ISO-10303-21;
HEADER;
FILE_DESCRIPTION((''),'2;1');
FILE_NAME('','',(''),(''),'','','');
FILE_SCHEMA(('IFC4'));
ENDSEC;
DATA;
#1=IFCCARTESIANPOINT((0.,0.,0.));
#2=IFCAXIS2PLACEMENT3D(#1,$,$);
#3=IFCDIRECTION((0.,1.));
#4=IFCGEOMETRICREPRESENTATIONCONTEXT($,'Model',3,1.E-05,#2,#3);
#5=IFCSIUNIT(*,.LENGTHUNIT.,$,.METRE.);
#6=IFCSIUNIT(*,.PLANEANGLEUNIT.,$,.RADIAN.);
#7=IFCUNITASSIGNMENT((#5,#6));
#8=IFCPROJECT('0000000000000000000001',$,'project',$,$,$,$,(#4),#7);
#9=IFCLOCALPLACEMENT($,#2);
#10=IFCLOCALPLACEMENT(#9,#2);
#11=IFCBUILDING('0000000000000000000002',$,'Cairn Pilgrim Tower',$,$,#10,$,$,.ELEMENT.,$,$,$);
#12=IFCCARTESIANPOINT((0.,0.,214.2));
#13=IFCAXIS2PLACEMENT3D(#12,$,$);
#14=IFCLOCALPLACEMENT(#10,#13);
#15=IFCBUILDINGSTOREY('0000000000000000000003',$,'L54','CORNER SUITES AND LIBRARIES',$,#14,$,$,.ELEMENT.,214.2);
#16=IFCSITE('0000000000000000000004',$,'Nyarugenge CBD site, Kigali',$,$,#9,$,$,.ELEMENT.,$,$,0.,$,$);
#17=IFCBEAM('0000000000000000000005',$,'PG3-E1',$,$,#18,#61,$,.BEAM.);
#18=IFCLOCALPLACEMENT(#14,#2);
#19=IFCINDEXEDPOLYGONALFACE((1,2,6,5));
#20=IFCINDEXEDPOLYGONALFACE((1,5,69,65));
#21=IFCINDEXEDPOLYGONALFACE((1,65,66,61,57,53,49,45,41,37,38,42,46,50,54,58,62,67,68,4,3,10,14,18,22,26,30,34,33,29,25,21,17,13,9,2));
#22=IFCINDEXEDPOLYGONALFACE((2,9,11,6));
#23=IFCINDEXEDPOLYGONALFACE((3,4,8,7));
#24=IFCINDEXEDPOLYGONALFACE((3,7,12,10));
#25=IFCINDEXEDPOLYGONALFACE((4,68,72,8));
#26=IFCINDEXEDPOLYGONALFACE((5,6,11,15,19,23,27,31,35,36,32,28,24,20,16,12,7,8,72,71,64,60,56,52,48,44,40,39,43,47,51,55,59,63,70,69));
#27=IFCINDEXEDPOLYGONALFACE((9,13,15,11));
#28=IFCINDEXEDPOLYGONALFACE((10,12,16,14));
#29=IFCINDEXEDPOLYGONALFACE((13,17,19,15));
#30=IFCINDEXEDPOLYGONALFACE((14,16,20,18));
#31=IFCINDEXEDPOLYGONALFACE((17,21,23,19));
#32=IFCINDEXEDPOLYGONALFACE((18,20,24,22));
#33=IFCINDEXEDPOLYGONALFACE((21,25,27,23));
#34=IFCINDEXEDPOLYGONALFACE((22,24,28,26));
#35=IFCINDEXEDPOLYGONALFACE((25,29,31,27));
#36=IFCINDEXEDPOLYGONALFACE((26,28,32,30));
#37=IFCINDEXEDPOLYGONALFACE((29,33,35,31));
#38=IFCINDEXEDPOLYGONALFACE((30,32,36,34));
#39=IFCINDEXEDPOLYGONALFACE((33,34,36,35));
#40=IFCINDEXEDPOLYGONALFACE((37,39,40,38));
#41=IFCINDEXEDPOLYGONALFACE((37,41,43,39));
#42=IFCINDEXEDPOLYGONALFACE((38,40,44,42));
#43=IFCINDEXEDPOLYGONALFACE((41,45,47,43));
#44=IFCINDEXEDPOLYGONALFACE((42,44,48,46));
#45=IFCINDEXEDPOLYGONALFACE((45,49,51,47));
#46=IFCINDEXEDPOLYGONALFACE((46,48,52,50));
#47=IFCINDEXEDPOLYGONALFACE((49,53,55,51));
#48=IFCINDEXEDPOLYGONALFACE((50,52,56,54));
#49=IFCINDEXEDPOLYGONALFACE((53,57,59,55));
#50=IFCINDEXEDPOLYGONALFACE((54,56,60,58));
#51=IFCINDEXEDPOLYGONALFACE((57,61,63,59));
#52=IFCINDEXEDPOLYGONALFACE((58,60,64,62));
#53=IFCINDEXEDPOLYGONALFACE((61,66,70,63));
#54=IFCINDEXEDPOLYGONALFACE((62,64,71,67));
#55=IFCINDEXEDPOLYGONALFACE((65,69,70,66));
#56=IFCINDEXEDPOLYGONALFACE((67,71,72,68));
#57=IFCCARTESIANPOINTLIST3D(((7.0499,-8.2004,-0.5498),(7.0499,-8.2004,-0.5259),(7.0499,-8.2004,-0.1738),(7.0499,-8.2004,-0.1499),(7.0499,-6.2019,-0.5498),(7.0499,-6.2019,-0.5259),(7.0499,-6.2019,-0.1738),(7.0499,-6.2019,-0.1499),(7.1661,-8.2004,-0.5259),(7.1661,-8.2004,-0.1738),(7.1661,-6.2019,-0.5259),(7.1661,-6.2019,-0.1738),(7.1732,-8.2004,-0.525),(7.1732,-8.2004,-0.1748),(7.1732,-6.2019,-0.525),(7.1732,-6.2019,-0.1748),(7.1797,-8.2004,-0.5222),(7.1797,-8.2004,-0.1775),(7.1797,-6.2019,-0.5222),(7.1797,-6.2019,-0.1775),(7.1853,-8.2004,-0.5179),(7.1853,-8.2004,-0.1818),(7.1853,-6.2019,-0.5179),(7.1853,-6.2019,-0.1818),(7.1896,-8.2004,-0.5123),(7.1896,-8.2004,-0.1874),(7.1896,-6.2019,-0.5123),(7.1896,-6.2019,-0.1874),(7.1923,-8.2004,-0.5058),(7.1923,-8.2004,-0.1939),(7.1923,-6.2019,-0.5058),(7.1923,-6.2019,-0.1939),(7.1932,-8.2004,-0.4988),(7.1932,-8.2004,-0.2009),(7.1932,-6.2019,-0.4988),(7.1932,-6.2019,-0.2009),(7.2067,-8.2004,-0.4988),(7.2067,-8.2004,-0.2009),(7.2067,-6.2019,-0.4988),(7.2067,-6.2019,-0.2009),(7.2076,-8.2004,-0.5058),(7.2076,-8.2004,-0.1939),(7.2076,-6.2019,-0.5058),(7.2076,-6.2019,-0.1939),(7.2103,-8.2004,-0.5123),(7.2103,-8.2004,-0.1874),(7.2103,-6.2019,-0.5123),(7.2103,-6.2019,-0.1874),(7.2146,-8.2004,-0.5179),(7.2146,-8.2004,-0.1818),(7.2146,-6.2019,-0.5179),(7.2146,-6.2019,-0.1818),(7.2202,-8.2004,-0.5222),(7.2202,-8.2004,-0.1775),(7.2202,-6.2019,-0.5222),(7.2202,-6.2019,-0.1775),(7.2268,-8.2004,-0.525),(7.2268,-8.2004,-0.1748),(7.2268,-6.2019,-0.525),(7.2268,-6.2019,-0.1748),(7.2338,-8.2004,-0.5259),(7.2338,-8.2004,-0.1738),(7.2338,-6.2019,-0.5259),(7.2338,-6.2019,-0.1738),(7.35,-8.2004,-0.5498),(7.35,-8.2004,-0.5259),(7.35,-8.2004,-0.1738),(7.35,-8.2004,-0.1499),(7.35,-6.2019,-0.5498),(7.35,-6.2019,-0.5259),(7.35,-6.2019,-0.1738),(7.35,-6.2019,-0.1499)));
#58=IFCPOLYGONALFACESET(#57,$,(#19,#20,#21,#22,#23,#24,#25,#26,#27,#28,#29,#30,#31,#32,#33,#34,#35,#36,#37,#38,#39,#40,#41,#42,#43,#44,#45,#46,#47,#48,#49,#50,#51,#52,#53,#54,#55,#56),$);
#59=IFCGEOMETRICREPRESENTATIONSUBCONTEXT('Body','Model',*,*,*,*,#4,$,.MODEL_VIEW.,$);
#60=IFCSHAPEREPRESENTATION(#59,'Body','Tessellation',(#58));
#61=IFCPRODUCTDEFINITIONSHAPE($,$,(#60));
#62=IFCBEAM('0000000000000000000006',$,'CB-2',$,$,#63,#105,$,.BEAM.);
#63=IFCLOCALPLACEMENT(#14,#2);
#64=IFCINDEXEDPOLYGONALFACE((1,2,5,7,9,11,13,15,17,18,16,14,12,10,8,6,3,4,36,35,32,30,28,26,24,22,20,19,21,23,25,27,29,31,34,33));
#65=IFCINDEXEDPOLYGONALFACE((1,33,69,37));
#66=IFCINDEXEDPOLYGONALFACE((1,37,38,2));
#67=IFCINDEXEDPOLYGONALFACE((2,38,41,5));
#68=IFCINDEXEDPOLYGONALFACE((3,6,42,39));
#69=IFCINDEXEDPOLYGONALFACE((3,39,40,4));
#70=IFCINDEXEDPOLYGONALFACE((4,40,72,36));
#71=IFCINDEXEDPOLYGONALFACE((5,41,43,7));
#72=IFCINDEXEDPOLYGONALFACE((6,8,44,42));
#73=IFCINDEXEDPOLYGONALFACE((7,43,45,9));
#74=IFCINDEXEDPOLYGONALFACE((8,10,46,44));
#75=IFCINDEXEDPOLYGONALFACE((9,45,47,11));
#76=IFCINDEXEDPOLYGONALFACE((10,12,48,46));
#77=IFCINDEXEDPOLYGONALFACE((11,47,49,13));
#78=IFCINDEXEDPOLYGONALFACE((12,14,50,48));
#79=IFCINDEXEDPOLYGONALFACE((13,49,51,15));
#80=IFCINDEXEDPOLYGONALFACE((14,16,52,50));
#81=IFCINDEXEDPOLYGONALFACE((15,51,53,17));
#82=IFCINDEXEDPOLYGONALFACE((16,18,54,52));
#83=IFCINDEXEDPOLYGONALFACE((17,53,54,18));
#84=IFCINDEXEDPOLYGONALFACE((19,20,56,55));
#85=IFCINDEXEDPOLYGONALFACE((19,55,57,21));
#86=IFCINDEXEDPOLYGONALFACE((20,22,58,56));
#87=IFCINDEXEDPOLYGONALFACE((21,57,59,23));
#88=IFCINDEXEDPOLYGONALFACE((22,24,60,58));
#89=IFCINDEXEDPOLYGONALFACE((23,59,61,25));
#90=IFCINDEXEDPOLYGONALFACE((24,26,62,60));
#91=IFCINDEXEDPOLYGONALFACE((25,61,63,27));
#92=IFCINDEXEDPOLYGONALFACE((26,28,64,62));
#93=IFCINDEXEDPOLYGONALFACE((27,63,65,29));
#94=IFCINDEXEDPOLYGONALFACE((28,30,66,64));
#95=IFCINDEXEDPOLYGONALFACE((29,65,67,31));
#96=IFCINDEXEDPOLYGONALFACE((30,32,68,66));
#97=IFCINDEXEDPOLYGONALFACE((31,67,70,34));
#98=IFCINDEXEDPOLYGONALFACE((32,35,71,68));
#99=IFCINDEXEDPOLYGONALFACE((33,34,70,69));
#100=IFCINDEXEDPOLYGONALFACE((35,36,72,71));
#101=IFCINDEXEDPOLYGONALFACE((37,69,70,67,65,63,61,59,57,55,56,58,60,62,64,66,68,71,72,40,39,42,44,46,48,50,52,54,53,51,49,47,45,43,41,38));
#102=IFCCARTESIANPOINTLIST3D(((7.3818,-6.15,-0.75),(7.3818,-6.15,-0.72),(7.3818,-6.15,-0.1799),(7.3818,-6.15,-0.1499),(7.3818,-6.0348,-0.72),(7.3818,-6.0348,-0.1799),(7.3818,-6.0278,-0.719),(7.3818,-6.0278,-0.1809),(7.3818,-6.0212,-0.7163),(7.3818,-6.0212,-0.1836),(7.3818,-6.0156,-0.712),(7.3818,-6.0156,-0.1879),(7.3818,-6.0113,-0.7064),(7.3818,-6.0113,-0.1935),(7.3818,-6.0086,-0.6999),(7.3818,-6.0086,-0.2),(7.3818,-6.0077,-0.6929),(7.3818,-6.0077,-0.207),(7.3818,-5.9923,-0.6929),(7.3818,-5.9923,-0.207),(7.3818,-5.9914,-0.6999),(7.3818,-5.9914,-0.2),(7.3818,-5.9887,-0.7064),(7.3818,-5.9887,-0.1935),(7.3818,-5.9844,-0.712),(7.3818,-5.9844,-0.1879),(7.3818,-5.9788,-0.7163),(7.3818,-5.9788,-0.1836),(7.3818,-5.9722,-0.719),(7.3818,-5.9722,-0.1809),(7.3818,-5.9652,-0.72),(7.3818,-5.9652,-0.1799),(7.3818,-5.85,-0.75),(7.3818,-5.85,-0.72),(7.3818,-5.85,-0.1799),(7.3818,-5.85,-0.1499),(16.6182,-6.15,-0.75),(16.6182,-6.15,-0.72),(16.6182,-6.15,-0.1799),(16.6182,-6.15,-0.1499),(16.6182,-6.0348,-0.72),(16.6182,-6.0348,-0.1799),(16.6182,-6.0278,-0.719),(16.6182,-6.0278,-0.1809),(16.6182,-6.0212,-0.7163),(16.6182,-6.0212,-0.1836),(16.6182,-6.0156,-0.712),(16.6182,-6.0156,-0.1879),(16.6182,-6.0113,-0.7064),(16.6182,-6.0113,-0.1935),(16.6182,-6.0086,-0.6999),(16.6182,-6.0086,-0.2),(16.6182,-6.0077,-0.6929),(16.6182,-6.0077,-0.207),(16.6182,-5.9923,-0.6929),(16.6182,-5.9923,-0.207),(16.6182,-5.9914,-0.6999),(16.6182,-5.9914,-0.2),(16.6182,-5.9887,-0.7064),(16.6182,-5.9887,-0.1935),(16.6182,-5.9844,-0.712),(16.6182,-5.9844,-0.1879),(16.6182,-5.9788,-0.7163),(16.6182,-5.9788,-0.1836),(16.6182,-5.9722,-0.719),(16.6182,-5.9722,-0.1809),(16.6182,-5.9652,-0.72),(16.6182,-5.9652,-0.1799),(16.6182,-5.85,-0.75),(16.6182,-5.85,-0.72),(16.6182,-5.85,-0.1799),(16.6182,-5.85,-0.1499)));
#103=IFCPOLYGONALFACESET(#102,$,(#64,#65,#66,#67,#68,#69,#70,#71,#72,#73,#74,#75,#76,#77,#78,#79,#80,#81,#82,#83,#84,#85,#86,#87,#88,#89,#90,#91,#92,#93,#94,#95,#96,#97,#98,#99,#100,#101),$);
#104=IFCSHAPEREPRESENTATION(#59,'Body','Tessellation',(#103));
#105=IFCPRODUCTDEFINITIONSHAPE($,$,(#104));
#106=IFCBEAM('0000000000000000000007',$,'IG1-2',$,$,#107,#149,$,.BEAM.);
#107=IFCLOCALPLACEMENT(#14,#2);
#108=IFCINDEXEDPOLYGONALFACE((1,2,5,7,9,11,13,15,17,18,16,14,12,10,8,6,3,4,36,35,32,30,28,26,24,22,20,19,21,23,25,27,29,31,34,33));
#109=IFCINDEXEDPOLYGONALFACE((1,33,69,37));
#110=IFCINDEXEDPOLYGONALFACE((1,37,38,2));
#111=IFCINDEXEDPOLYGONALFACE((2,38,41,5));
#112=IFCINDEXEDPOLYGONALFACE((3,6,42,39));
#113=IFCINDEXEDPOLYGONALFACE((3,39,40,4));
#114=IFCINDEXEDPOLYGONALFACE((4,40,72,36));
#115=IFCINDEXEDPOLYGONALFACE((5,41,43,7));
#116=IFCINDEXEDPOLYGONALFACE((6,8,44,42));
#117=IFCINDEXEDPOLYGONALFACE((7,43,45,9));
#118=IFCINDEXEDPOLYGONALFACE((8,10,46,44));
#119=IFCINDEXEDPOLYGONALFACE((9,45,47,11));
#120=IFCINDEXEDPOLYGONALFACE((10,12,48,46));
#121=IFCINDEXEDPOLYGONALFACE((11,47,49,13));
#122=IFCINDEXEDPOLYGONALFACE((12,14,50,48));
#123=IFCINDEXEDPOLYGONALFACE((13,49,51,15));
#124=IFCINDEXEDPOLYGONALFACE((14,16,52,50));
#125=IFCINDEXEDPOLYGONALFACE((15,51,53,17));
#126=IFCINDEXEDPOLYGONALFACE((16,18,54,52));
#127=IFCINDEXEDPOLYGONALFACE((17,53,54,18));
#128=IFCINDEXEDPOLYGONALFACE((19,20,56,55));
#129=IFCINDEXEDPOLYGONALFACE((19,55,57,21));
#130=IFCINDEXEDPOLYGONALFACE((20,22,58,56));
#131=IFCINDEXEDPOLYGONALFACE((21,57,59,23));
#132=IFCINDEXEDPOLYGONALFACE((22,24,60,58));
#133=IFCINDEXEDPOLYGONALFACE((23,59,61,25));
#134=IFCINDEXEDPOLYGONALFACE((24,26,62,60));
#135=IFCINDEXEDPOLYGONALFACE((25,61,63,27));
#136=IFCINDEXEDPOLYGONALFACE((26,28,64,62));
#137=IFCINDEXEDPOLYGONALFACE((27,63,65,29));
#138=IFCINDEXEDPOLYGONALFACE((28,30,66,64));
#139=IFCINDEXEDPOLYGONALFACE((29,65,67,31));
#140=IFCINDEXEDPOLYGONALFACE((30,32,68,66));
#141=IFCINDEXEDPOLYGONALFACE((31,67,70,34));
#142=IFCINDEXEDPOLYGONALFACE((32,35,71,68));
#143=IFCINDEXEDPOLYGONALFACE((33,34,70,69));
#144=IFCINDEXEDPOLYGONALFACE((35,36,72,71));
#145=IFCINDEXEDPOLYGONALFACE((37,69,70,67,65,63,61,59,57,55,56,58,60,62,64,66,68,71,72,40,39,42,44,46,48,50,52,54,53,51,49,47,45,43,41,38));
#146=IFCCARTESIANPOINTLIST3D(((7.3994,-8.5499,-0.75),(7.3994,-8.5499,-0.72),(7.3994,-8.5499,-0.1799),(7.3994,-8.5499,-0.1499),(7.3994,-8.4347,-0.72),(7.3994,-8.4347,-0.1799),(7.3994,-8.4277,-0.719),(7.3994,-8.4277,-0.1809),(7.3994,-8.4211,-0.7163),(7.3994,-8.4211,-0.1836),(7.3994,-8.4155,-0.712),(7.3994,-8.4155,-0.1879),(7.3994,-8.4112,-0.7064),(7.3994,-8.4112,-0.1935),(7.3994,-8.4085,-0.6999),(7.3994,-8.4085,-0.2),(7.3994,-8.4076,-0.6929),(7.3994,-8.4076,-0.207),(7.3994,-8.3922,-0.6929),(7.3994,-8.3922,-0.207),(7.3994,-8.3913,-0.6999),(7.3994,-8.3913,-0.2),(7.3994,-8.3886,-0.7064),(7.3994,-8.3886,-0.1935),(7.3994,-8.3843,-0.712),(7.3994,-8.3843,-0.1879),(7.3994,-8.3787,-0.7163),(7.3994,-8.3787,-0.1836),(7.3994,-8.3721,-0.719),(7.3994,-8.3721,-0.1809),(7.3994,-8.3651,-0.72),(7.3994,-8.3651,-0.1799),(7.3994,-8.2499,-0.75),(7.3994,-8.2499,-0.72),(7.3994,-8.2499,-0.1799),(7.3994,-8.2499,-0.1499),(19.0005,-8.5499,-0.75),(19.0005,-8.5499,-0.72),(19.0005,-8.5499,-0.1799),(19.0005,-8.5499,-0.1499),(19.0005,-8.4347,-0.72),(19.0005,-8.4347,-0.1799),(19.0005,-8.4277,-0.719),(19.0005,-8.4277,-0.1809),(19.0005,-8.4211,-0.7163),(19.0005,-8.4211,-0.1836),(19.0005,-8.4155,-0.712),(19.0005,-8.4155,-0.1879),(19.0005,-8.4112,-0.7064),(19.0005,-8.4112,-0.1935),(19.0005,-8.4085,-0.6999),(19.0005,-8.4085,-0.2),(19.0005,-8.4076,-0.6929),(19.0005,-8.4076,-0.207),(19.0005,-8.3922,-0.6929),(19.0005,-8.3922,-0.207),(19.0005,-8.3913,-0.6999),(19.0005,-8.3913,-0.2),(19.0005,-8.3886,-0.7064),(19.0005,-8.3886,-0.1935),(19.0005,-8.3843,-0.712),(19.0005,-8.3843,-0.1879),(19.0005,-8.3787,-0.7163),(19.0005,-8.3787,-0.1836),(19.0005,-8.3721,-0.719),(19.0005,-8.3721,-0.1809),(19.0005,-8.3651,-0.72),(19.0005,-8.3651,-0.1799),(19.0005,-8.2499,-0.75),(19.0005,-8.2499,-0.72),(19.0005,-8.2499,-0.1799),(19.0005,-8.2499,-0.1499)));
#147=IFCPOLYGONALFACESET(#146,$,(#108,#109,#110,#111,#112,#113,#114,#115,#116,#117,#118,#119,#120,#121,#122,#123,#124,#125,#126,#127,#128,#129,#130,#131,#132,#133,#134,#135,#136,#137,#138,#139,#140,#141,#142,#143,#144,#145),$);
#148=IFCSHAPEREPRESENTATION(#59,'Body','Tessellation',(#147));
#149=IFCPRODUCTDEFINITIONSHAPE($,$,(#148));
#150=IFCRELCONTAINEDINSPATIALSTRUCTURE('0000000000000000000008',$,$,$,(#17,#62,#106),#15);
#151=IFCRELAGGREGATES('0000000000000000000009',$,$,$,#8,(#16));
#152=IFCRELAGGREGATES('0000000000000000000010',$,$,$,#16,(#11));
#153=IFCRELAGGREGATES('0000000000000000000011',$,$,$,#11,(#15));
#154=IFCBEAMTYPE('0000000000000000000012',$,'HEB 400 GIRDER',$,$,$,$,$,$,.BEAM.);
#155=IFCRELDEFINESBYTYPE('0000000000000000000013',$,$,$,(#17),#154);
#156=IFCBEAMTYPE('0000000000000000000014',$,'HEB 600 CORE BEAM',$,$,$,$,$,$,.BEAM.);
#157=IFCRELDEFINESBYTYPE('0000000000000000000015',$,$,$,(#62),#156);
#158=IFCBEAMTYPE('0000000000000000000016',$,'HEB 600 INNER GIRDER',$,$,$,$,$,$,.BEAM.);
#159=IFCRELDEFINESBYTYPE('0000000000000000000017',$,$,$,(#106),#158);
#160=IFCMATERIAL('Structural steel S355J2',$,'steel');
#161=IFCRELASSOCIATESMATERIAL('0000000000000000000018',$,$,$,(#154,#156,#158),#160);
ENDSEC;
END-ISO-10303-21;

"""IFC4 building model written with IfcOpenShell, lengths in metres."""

from ifc_helpers import new_model, si_unit, direction, frame, origin, origin_2d, place, context, subcontext, project, spatial, i_section, extrude, material, material_profile, profile_set, type_object, element, save


model = new_model("IFC4")

# Units and contexts
model_context = context("Model", 3, precision=1e-05, world=origin(), true_north=direction((0.0, 1.0)))
body_context = subcontext(model_context, "Body", "Model", "MODEL_VIEW")
ifc_project = project(units=[si_unit("LENGTHUNIT", "METRE"), si_unit("PLANEANGLEUNIT", "RADIAN")], contexts=[model_context])

# Site, building, storey
site_placement = place(None, origin())
site = spatial("IfcSite", under=ifc_project, at=site_placement, Name="Nyarugenge CBD site, Kigali", CompositionType="ELEMENT", RefElevation=0.0)
building_placement = place(site_placement, origin())
building = spatial("IfcBuilding", under=site, at=building_placement, Name="Cairn Pilgrim Tower", CompositionType="ELEMENT")
storey_placement = place(building_placement, frame((0.0, 0.0, 214.2)))
storey = spatial("IfcBuildingStorey", under=building, at=storey_placement, Name="L54", Description="CORNER SUITES AND LIBRARIES", CompositionType="ELEMENT", Elevation=214.2)

# Shared definitions
ifc_material_1 = material(Name="Structural steel S355J2", Category="steel")

# Beams
ifc_material_profile_1 = material_profile(ifc_material_1, i_section(OverallWidth=0.3, OverallDepth=0.3999, WebThickness=0.0134, FlangeThickness=0.0239, FilletRadius=0.0271, at=origin_2d()), Name="HEB 400")
ifc_profile_set_1 = profile_set([ifc_material_profile_1], Name="Structural steel S355J2")
beam_type_1 = type_object("IfcBeamType", Name="HEB 400 GIRDER", PredefinedType="BEAM", material=ifc_profile_set_1)
beam_1_placement = place(storey_placement, frame((7.2, -8.2004, -0.3499), z_axis=(0.0, 1.0, 0.0), x_axis=(-1.0, 0.0, 0.0)))
element("IfcBeam", 1, at=beam_1_placement, inside=storey, type_object=beam_type_1, Name="PG3-E1", PredefinedType="BEAM", context=body_context, shape_type="SweptSolid", body=[
    extrude(i_section(OverallWidth=0.3, OverallDepth=0.3999, WebThickness=0.0134, FlangeThickness=0.0239, FilletRadius=0.0271, at=origin_2d()), origin(), (0.0, 0.0, 1.0), 1.9985),
])
ifc_material_profile_2 = material_profile(ifc_material_1, i_section(OverallWidth=0.3, OverallDepth=0.6001, WebThickness=0.0154, FlangeThickness=0.03, FilletRadius=0.0271, at=origin_2d()), Name="HEB 600")
ifc_profile_set_2 = profile_set([ifc_material_profile_2], Name="Structural steel S355J2")
beam_type_2 = type_object("IfcBeamType", Name="HEB 600 CORE BEAM", PredefinedType="BEAM", material=ifc_profile_set_2)
beam_2_placement = place(storey_placement, frame((7.3818, -6.0, -0.45), z_axis=(1.0, 0.0, 0.0), x_axis=(0.0, 1.0, 0.0)))
element("IfcBeam", 2, at=beam_2_placement, inside=storey, type_object=beam_type_2, Name="CB-2", PredefinedType="BEAM", context=body_context, shape_type="SweptSolid", body=[
    extrude(i_section(OverallWidth=0.3, OverallDepth=0.6001, WebThickness=0.0154, FlangeThickness=0.03, FilletRadius=0.0271, at=origin_2d()), origin(), (0.0, 0.0, 1.0), 9.2363),
])
ifc_material_profile_3 = material_profile(ifc_material_1, i_section(OverallWidth=0.3, OverallDepth=0.6001, WebThickness=0.0154, FlangeThickness=0.03, FilletRadius=0.0271, at=origin_2d()), Name="HEB 600")
ifc_profile_set_3 = profile_set([ifc_material_profile_3], Name="Structural steel S355J2")
beam_type_3 = type_object("IfcBeamType", Name="HEB 600 INNER GIRDER", PredefinedType="BEAM", material=ifc_profile_set_3)
beam_3_placement = place(storey_placement, frame((7.3994, -8.3999, -0.45), z_axis=(1.0, 0.0, 0.0), x_axis=(0.0, 1.0, 0.0)))
element("IfcBeam", 3, at=beam_3_placement, inside=storey, type_object=beam_type_3, Name="IG1-2", PredefinedType="BEAM", context=body_context, shape_type="SweptSolid", body=[
    extrude(i_section(OverallWidth=0.3, OverallDepth=0.6001, WebThickness=0.0154, FlangeThickness=0.03, FilletRadius=0.0271, at=origin_2d()), origin(), (0.0, 0.0, 1.0), 11.6011),
])

save(model, "model.ifc")
